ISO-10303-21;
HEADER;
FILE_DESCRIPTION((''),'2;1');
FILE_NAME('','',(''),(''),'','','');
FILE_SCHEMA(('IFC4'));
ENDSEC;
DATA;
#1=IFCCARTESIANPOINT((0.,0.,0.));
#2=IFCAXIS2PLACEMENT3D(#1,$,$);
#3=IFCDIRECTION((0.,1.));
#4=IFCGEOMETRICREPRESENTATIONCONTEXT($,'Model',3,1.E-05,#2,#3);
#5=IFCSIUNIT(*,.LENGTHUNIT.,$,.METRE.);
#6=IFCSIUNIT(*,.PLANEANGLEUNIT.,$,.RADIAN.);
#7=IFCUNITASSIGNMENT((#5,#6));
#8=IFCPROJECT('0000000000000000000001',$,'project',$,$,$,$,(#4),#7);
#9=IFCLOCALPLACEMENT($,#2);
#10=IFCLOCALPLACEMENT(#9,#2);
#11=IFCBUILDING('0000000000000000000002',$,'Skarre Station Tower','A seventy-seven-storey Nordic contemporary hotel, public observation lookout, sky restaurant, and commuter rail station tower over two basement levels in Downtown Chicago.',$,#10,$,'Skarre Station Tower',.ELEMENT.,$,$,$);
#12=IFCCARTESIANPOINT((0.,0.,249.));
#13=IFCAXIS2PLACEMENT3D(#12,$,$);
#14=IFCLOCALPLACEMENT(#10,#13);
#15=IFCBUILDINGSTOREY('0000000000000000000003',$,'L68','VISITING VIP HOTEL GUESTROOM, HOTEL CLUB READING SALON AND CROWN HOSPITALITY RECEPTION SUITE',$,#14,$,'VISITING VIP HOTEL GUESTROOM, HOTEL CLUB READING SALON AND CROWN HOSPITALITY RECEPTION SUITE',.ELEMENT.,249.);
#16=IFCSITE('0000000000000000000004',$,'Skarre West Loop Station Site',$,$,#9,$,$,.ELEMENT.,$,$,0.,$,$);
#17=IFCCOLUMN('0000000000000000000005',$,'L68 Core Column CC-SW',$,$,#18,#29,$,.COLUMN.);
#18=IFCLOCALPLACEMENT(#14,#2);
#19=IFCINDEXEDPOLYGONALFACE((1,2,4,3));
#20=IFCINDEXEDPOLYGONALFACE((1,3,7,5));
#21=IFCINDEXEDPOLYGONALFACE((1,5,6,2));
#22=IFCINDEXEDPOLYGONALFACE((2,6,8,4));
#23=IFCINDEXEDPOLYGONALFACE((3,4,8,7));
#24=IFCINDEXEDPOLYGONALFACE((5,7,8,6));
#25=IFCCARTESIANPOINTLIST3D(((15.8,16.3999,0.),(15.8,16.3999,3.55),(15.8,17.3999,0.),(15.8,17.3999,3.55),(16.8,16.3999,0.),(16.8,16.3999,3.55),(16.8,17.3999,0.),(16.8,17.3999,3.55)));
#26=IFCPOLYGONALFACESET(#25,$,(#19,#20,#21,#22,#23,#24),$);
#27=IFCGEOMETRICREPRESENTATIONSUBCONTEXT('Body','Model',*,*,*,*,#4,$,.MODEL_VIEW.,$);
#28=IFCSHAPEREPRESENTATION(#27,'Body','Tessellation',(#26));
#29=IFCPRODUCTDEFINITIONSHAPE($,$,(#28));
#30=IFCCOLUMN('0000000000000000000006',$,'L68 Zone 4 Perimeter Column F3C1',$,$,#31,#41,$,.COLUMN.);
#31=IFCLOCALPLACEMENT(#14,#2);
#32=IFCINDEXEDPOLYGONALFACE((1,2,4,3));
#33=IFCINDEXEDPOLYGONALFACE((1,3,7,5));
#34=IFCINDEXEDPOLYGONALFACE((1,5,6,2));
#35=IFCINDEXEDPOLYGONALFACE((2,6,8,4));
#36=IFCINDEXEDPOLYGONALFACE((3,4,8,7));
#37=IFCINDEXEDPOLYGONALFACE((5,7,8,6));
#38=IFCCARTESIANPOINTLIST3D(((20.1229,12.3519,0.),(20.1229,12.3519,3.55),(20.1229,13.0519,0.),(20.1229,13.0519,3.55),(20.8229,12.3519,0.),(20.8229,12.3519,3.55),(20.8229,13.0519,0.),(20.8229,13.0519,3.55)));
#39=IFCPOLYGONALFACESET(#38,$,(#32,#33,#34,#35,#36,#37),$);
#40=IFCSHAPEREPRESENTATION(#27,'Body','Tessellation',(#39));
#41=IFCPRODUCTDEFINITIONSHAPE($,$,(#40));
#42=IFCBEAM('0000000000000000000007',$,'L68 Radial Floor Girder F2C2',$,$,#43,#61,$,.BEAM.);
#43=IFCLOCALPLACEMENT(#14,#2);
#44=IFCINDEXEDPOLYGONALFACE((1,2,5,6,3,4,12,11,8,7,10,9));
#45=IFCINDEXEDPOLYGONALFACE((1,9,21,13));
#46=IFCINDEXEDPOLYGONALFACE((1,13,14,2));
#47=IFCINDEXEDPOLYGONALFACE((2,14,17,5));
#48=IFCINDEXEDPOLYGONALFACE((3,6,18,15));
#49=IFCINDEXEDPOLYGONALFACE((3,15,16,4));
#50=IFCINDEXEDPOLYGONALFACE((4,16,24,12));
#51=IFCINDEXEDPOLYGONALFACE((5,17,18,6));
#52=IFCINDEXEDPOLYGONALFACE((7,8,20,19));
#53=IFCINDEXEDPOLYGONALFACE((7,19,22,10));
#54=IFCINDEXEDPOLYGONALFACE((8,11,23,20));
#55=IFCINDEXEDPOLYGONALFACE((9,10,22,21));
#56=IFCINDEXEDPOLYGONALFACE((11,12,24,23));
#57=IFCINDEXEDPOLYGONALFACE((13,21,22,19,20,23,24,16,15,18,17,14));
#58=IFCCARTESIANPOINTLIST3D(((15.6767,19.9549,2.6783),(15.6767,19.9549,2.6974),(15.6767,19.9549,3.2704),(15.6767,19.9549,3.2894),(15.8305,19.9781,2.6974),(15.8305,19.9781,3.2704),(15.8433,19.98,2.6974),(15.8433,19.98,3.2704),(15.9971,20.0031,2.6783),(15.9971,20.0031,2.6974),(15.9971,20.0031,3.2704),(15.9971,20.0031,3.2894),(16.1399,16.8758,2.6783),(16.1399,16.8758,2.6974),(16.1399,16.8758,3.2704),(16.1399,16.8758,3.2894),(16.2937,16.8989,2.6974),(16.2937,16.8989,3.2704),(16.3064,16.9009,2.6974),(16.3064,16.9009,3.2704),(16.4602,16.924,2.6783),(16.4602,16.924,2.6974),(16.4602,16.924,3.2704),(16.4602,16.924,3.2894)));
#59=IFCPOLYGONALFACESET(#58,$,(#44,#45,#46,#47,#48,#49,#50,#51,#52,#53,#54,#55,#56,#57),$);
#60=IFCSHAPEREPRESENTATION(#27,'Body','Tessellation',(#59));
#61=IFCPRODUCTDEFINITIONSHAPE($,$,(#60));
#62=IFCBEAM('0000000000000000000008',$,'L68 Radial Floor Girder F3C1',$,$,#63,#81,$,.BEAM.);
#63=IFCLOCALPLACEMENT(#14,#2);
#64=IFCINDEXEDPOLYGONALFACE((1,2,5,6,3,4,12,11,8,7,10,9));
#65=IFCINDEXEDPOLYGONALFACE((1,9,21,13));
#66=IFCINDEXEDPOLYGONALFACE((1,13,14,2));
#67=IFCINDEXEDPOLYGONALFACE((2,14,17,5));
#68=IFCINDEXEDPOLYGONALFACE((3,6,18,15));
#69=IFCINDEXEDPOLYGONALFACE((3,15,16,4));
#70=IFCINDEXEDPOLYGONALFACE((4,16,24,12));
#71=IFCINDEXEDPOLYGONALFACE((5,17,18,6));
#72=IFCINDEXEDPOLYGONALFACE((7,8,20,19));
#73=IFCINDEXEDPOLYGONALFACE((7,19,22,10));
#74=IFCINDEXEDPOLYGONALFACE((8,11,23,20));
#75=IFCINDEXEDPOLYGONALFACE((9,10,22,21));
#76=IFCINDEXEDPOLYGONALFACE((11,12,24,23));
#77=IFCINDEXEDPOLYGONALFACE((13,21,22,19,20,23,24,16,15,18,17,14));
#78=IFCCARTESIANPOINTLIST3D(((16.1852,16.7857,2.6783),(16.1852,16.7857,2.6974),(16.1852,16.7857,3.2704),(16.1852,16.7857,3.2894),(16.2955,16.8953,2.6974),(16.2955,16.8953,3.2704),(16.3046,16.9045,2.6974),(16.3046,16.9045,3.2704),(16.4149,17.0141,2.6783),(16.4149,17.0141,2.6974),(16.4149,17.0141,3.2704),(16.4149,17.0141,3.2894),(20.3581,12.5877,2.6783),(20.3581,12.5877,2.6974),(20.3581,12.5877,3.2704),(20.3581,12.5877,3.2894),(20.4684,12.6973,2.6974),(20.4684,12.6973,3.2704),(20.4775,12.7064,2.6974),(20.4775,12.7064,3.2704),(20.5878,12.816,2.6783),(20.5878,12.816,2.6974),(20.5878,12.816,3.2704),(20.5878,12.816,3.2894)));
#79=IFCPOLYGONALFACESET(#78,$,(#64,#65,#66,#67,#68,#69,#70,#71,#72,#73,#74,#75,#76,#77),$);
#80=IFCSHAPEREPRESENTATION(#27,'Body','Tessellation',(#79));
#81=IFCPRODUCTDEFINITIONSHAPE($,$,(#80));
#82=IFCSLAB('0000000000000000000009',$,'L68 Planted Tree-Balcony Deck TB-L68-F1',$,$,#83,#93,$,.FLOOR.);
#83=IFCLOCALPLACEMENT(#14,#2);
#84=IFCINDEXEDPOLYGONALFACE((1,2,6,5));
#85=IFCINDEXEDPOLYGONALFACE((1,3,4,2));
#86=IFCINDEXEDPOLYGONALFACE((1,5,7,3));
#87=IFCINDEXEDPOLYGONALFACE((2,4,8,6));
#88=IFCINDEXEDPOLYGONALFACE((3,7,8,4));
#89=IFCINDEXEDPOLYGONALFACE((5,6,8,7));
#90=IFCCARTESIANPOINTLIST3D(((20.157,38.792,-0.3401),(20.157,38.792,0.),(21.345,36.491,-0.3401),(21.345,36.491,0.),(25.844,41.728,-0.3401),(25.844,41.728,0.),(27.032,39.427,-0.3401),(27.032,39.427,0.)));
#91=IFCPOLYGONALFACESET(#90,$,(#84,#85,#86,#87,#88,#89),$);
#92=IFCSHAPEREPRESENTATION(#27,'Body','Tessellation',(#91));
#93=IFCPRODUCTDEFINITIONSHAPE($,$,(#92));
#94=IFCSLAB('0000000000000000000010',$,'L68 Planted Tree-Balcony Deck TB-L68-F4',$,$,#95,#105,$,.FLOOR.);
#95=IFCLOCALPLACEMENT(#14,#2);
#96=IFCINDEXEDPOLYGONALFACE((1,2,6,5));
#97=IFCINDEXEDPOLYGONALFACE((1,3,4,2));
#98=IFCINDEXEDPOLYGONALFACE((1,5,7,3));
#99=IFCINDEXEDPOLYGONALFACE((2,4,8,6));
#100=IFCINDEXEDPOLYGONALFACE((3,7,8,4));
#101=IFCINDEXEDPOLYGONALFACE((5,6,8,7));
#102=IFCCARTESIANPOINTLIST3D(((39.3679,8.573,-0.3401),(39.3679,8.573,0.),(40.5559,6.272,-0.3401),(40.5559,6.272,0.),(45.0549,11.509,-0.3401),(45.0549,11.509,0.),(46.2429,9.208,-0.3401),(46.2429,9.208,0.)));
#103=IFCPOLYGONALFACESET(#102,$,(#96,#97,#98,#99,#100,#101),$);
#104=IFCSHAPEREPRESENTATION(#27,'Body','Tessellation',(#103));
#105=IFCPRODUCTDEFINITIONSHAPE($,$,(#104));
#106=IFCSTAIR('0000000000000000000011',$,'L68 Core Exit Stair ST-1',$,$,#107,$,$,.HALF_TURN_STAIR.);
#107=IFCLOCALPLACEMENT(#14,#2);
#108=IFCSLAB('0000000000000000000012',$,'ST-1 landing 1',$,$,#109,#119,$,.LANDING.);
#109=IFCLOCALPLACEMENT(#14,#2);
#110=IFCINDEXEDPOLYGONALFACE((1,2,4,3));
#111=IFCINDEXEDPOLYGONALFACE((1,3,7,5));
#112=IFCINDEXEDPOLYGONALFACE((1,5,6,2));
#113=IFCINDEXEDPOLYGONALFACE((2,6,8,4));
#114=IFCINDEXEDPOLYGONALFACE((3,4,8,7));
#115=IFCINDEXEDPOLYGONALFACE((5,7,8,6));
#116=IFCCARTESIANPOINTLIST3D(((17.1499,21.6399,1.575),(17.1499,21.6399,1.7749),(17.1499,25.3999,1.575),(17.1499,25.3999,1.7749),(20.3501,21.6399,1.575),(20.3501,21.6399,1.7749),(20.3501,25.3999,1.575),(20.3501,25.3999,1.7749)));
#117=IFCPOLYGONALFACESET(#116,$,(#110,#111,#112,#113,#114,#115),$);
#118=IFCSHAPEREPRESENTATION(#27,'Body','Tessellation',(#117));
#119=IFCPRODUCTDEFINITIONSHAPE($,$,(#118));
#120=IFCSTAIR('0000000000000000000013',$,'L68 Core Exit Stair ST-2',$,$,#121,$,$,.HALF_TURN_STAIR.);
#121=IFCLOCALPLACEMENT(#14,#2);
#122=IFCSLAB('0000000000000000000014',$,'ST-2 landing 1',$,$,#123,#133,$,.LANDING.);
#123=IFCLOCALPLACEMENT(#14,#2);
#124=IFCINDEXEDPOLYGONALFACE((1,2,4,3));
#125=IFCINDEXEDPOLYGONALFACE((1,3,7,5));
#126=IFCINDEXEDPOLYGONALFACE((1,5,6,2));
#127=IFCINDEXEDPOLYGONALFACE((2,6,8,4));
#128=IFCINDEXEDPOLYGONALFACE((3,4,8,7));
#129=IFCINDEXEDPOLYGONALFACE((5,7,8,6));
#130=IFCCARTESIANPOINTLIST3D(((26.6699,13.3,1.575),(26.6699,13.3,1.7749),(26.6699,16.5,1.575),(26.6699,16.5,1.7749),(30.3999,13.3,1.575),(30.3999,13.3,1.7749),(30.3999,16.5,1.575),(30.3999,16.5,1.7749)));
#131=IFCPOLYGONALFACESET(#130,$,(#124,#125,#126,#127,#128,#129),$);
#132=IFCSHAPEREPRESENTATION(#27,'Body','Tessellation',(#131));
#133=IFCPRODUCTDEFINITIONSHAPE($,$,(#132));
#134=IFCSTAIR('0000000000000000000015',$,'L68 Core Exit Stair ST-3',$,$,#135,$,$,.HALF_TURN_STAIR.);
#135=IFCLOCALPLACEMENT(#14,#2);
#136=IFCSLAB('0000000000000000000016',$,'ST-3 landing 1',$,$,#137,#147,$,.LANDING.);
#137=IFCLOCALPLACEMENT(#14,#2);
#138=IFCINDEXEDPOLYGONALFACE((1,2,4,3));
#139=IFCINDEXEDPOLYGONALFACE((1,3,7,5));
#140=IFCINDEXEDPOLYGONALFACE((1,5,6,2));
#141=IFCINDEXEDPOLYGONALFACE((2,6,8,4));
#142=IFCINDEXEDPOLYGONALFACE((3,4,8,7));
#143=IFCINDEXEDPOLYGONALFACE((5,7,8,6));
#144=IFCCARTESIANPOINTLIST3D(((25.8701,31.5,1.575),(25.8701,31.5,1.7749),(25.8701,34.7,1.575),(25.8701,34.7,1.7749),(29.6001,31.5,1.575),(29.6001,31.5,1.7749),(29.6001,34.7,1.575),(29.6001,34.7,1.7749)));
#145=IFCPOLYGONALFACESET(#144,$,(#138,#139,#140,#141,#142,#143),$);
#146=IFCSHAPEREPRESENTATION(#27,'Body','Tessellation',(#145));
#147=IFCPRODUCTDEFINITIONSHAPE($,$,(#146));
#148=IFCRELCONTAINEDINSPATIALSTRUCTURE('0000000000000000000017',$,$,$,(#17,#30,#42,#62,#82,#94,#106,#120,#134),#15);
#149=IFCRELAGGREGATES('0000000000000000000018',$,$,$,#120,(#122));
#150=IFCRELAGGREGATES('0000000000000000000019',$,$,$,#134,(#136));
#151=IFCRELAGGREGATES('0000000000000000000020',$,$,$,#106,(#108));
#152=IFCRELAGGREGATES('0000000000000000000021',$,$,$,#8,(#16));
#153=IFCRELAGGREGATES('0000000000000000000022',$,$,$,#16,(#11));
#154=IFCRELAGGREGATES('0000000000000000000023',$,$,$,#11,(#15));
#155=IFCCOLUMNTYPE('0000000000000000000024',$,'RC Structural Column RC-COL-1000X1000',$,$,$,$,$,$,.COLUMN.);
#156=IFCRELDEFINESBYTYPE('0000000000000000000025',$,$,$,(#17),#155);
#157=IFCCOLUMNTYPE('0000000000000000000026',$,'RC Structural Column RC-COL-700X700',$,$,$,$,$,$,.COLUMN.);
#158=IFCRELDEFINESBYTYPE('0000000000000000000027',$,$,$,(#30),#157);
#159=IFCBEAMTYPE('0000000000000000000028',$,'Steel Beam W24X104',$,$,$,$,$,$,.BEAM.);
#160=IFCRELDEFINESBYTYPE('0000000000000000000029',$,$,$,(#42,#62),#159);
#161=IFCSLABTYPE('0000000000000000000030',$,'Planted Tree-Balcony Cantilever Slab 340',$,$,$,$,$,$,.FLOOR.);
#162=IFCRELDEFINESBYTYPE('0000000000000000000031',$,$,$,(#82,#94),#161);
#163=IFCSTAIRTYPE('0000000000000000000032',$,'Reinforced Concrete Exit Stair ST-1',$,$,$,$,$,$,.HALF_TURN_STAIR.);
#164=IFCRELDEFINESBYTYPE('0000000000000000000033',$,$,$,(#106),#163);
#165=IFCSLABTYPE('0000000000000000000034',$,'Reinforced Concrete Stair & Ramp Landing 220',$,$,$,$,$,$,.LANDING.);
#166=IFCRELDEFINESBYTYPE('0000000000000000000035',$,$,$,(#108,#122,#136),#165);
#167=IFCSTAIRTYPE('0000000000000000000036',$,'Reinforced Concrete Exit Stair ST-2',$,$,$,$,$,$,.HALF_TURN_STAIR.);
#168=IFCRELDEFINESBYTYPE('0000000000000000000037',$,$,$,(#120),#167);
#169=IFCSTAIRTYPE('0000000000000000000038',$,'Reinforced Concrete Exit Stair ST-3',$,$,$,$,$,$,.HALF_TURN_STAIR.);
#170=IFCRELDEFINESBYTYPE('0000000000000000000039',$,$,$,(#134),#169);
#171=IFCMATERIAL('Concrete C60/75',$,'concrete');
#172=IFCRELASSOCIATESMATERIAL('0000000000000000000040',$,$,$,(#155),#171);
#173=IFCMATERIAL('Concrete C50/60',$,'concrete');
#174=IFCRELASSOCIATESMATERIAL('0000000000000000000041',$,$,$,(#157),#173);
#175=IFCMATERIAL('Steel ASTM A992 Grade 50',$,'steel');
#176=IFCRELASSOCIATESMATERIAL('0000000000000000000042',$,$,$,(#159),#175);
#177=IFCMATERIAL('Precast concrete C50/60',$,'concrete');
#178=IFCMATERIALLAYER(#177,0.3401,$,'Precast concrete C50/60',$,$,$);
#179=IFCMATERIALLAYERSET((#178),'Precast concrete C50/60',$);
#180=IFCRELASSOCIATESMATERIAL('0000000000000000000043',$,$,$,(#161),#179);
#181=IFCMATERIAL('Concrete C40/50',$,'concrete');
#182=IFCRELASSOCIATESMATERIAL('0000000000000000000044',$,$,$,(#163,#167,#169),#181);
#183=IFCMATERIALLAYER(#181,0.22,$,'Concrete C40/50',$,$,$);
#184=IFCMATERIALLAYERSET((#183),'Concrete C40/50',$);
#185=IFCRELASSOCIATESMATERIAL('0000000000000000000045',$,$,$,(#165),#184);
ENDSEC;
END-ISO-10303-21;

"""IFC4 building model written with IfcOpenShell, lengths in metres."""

from ifc_helpers import new_model, si_unit, direction, frame, origin, origin_2d, place, context, subcontext, project, spatial, polyline, rectangle, i_section, outline, extrude, material, layer, layer_set, material_profile, profile_set, type_object, element, aggregate, save


model = new_model("IFC4")

# Units and contexts
model_context = context("Model", 3, precision=1e-05, world=origin(), true_north=direction((0.0, 1.0)))
body_context = subcontext(model_context, "Body", "Model", "MODEL_VIEW")
ifc_project = project(units=[si_unit("LENGTHUNIT", "METRE"), si_unit("PLANEANGLEUNIT", "RADIAN")], contexts=[model_context])

# Site, building, storey
site_placement = place(None, origin())
site = spatial("IfcSite", under=ifc_project, at=site_placement, Name="Skarre West Loop Station Site", CompositionType="ELEMENT", RefElevation=0.0)
building_placement = place(site_placement, origin())
building = spatial("IfcBuilding", under=site, at=building_placement, Name="Skarre Station Tower", Description="A seventy-seven-storey Nordic contemporary hotel, public observation lookout, sky restaurant, and commuter rail station tower over two basement levels in Downtown Chicago.", LongName="Skarre Station Tower", CompositionType="ELEMENT")
storey_placement = place(building_placement, frame((0.0, 0.0, 249.0)))
storey = spatial("IfcBuildingStorey", under=building, at=storey_placement, Name="L68", Description="VISITING VIP HOTEL GUESTROOM, HOTEL CLUB READING SALON AND CROWN HOSPITALITY RECEPTION SUITE", LongName="VISITING VIP HOTEL GUESTROOM, HOTEL CLUB READING SALON AND CROWN HOSPITALITY RECEPTION SUITE", CompositionType="ELEMENT", Elevation=249.0)

# Columns
ifc_material_1 = material(Name="Concrete C60/75", Category="concrete")
ifc_material_profile_1 = material_profile(ifc_material_1, rectangle(XDim=1.0, YDim=1.0, at=origin_2d()), Name="Concrete C60/75")
ifc_profile_set_1 = profile_set([ifc_material_profile_1], Name="Concrete C60/75")
column_type_1 = type_object("IfcColumnType", Name="RC Structural Column RC-COL-1000X1000", PredefinedType="COLUMN", material=ifc_profile_set_1)
column_1_placement = place(storey_placement, frame((16.3, 16.8999, 0.0), z_axis=(0.0, 0.0, 1.0), x_axis=(1.0, 0.0, 0.0)))
element("IfcColumn", 1, at=column_1_placement, inside=storey, type_object=column_type_1, Name="L68 Core Column CC-SW", PredefinedType="COLUMN", context=body_context, shape_type="SweptSolid", body=[
    extrude(rectangle(XDim=1.0, YDim=1.0, at=origin_2d()), origin(), (0.0, 0.0, 1.0), 3.55),
])
ifc_material_2 = material(Name="Concrete C50/60", Category="concrete")
ifc_material_profile_2 = material_profile(ifc_material_2, rectangle(XDim=0.7, YDim=0.7, at=origin_2d()), Name="Concrete C50/60")
ifc_profile_set_2 = profile_set([ifc_material_profile_2], Name="Concrete C50/60")
column_type_2 = type_object("IfcColumnType", Name="RC Structural Column RC-COL-700X700", PredefinedType="COLUMN", material=ifc_profile_set_2)
column_2_placement = place(storey_placement, frame((20.4729, 12.7019, 0.0), z_axis=(0.0, 0.0, 1.0), x_axis=(1.0, 0.0, 0.0)))
element("IfcColumn", 2, at=column_2_placement, inside=storey, type_object=column_type_2, Name="L68 Zone 4 Perimeter Column F3C1", PredefinedType="COLUMN", context=body_context, shape_type="SweptSolid", body=[
    extrude(rectangle(XDim=0.7, YDim=0.7, at=origin_2d()), origin(), (0.0, 0.0, 1.0), 3.55),
])

# Beams
ifc_material_3 = material(Name="Steel ASTM A992 Grade 50", Category="steel")
ifc_material_profile_3 = material_profile(ifc_material_3, i_section(OverallWidth=0.324, OverallDepth=0.6111, WebThickness=0.0129, FlangeThickness=0.019, at=origin_2d()), Name="Steel ASTM A992 Grade 50")
ifc_profile_set_3 = profile_set([ifc_material_profile_3], Name="Steel ASTM A992 Grade 50")
beam_type = type_object("IfcBeamType", Name="Steel Beam W24X104", PredefinedType="BEAM", material=ifc_profile_set_3)
beam_1_placement = place(storey_placement, frame((16.3, 16.8999, 2.9839), z_axis=(-0.148739, 0.988876, 0.0), x_axis=(-0.988876, -0.148739, 0.0)))
element("IfcBeam", 3, at=beam_1_placement, inside=storey, type_object=beam_type, Name="L68 Radial Floor Girder F2C2", PredefinedType="BEAM", context=body_context, shape_type="SweptSolid", body=[
    extrude(i_section(OverallWidth=0.324, OverallDepth=0.6111, WebThickness=0.0129, FlangeThickness=0.019, at=origin_2d()), origin(), (0.0, 0.0, 1.0), 3.1138),
])
beam_2_placement = place(storey_placement, frame((16.3, 16.8999, 2.9839), z_axis=(0.704979, -0.709228, 0.0), x_axis=(0.709228, 0.704979, 0.0)))
element("IfcBeam", 4, at=beam_2_placement, inside=storey, type_object=beam_type, Name="L68 Radial Floor Girder F3C1", PredefinedType="BEAM", context=body_context, shape_type="SweptSolid", body=[
    extrude(i_section(OverallWidth=0.324, OverallDepth=0.6111, WebThickness=0.0129, FlangeThickness=0.019, at=origin_2d()), origin(), (0.0, 0.0, 1.0), 5.9192),
])

# Slabs
ifc_material_4 = material(Name="Precast concrete C50/60", Category="concrete")
ifc_layer_1 = layer(ifc_material_4, 0.3401, Name="Precast concrete C50/60")
ifc_layer_set_1 = layer_set([ifc_layer_1], Name="Precast concrete C50/60")
slab_type_1 = type_object("IfcSlabType", Name="Planted Tree-Balcony Cantilever Slab 340", PredefinedType="FLOOR", material=ifc_layer_set_1)
slab_1_placement = place(storey_placement, frame((0.0, 0.0, -0.3401)))
element("IfcSlab", 5, at=slab_1_placement, inside=storey, type_object=slab_type_1, Name="L68 Planted Tree-Balcony Deck TB-L68-F1", PredefinedType="FLOOR", context=body_context, shape_type="SweptSolid", body=[
    extrude(outline(polyline([(27.032, 39.427), (21.345, 36.491), (20.157, 38.792), (25.844, 41.728), (27.032, 39.427)])), origin(), (0.0, 0.0, 1.0), 0.3401),
])
slab_2_placement = place(storey_placement, frame((0.0, 0.0, -0.3401)))
element("IfcSlab", 6, at=slab_2_placement, inside=storey, type_object=slab_type_1, Name="L68 Planted Tree-Balcony Deck TB-L68-F4", PredefinedType="FLOOR", context=body_context, shape_type="SweptSolid", body=[
    extrude(outline(polyline([(39.3679, 8.573), (45.0549, 11.509), (46.2429, 9.208), (40.5559, 6.272), (39.3679, 8.573)])), origin(), (0.0, 0.0, 1.0), 0.3401),
])

# Stairs, slabs
ifc_material_5 = material(Name="Concrete C40/50", Category="concrete")
stair_type_1 = type_object("IfcStairType", Name="Reinforced Concrete Exit Stair ST-1", PredefinedType="HALF_TURN_STAIR", material=ifc_material_5)
stair_1_placement = place(storey_placement, origin())
stair_1 = element("IfcStair", 7, at=stair_1_placement, inside=storey, type_object=stair_type_1, Name="L68 Core Exit Stair ST-1", PredefinedType="HALF_TURN_STAIR")
ifc_layer_2 = layer(ifc_material_5, 0.22, Name="Concrete C40/50")
ifc_layer_set_2 = layer_set([ifc_layer_2], Name="Concrete C40/50")
slab_type_2 = type_object("IfcSlabType", Name="Reinforced Concrete Stair & Ramp Landing 220", PredefinedType="LANDING", material=ifc_layer_set_2)
slab_3_placement = place(storey_placement, frame((0.0, 0.0, 1.575)))
slab_3 = element("IfcSlab", 8, at=slab_3_placement, type_object=slab_type_2, Name="ST-1 landing 1", PredefinedType="LANDING", context=body_context, shape_type="SweptSolid", body=[
    extrude(outline(polyline([(20.3501, 21.6399), (20.3501, 25.3999), (17.1499, 25.3999), (17.1499, 21.6399), (20.3501, 21.6399)])), origin(), (0.0, 0.0, 1.0), 0.2),
])
stair_type_2 = type_object("IfcStairType", Name="Reinforced Concrete Exit Stair ST-2", PredefinedType="HALF_TURN_STAIR", material=ifc_material_5)
stair_2_placement = place(storey_placement, origin())
stair_2 = element("IfcStair", 9, at=stair_2_placement, inside=storey, type_object=stair_type_2, Name="L68 Core Exit Stair ST-2", PredefinedType="HALF_TURN_STAIR")
slab_4_placement = place(storey_placement, frame((0.0, 0.0, 1.575)))
slab_4 = element("IfcSlab", 10, at=slab_4_placement, type_object=slab_type_2, Name="ST-2 landing 1", PredefinedType="LANDING", context=body_context, shape_type="SweptSolid", body=[
    extrude(outline(polyline([(26.6699, 13.3), (30.3999, 13.3), (30.3999, 16.5), (26.6699, 16.5), (26.6699, 13.3)])), origin(), (0.0, 0.0, 1.0), 0.2),
])
aggregate(stair_2, [slab_4])
stair_type_3 = type_object("IfcStairType", Name="Reinforced Concrete Exit Stair ST-3", PredefinedType="HALF_TURN_STAIR", material=ifc_material_5)
stair_3_placement = place(storey_placement, origin())
stair_3 = element("IfcStair", 11, at=stair_3_placement, inside=storey, type_object=stair_type_3, Name="L68 Core Exit Stair ST-3", PredefinedType="HALF_TURN_STAIR")
slab_5_placement = place(storey_placement, frame((0.0, 0.0, 1.575)))
slab_5 = element("IfcSlab", 12, at=slab_5_placement, type_object=slab_type_2, Name="ST-3 landing 1", PredefinedType="LANDING", context=body_context, shape_type="SweptSolid", body=[
    extrude(outline(polyline([(25.8701, 31.5), (29.6001, 31.5), (29.6001, 34.7), (25.8701, 34.7), (25.8701, 31.5)])), origin(), (0.0, 0.0, 1.0), 0.2),
])
aggregate(stair_3, [slab_5])

aggregate(stair_1, [slab_3])

save(model, "model.ifc")
